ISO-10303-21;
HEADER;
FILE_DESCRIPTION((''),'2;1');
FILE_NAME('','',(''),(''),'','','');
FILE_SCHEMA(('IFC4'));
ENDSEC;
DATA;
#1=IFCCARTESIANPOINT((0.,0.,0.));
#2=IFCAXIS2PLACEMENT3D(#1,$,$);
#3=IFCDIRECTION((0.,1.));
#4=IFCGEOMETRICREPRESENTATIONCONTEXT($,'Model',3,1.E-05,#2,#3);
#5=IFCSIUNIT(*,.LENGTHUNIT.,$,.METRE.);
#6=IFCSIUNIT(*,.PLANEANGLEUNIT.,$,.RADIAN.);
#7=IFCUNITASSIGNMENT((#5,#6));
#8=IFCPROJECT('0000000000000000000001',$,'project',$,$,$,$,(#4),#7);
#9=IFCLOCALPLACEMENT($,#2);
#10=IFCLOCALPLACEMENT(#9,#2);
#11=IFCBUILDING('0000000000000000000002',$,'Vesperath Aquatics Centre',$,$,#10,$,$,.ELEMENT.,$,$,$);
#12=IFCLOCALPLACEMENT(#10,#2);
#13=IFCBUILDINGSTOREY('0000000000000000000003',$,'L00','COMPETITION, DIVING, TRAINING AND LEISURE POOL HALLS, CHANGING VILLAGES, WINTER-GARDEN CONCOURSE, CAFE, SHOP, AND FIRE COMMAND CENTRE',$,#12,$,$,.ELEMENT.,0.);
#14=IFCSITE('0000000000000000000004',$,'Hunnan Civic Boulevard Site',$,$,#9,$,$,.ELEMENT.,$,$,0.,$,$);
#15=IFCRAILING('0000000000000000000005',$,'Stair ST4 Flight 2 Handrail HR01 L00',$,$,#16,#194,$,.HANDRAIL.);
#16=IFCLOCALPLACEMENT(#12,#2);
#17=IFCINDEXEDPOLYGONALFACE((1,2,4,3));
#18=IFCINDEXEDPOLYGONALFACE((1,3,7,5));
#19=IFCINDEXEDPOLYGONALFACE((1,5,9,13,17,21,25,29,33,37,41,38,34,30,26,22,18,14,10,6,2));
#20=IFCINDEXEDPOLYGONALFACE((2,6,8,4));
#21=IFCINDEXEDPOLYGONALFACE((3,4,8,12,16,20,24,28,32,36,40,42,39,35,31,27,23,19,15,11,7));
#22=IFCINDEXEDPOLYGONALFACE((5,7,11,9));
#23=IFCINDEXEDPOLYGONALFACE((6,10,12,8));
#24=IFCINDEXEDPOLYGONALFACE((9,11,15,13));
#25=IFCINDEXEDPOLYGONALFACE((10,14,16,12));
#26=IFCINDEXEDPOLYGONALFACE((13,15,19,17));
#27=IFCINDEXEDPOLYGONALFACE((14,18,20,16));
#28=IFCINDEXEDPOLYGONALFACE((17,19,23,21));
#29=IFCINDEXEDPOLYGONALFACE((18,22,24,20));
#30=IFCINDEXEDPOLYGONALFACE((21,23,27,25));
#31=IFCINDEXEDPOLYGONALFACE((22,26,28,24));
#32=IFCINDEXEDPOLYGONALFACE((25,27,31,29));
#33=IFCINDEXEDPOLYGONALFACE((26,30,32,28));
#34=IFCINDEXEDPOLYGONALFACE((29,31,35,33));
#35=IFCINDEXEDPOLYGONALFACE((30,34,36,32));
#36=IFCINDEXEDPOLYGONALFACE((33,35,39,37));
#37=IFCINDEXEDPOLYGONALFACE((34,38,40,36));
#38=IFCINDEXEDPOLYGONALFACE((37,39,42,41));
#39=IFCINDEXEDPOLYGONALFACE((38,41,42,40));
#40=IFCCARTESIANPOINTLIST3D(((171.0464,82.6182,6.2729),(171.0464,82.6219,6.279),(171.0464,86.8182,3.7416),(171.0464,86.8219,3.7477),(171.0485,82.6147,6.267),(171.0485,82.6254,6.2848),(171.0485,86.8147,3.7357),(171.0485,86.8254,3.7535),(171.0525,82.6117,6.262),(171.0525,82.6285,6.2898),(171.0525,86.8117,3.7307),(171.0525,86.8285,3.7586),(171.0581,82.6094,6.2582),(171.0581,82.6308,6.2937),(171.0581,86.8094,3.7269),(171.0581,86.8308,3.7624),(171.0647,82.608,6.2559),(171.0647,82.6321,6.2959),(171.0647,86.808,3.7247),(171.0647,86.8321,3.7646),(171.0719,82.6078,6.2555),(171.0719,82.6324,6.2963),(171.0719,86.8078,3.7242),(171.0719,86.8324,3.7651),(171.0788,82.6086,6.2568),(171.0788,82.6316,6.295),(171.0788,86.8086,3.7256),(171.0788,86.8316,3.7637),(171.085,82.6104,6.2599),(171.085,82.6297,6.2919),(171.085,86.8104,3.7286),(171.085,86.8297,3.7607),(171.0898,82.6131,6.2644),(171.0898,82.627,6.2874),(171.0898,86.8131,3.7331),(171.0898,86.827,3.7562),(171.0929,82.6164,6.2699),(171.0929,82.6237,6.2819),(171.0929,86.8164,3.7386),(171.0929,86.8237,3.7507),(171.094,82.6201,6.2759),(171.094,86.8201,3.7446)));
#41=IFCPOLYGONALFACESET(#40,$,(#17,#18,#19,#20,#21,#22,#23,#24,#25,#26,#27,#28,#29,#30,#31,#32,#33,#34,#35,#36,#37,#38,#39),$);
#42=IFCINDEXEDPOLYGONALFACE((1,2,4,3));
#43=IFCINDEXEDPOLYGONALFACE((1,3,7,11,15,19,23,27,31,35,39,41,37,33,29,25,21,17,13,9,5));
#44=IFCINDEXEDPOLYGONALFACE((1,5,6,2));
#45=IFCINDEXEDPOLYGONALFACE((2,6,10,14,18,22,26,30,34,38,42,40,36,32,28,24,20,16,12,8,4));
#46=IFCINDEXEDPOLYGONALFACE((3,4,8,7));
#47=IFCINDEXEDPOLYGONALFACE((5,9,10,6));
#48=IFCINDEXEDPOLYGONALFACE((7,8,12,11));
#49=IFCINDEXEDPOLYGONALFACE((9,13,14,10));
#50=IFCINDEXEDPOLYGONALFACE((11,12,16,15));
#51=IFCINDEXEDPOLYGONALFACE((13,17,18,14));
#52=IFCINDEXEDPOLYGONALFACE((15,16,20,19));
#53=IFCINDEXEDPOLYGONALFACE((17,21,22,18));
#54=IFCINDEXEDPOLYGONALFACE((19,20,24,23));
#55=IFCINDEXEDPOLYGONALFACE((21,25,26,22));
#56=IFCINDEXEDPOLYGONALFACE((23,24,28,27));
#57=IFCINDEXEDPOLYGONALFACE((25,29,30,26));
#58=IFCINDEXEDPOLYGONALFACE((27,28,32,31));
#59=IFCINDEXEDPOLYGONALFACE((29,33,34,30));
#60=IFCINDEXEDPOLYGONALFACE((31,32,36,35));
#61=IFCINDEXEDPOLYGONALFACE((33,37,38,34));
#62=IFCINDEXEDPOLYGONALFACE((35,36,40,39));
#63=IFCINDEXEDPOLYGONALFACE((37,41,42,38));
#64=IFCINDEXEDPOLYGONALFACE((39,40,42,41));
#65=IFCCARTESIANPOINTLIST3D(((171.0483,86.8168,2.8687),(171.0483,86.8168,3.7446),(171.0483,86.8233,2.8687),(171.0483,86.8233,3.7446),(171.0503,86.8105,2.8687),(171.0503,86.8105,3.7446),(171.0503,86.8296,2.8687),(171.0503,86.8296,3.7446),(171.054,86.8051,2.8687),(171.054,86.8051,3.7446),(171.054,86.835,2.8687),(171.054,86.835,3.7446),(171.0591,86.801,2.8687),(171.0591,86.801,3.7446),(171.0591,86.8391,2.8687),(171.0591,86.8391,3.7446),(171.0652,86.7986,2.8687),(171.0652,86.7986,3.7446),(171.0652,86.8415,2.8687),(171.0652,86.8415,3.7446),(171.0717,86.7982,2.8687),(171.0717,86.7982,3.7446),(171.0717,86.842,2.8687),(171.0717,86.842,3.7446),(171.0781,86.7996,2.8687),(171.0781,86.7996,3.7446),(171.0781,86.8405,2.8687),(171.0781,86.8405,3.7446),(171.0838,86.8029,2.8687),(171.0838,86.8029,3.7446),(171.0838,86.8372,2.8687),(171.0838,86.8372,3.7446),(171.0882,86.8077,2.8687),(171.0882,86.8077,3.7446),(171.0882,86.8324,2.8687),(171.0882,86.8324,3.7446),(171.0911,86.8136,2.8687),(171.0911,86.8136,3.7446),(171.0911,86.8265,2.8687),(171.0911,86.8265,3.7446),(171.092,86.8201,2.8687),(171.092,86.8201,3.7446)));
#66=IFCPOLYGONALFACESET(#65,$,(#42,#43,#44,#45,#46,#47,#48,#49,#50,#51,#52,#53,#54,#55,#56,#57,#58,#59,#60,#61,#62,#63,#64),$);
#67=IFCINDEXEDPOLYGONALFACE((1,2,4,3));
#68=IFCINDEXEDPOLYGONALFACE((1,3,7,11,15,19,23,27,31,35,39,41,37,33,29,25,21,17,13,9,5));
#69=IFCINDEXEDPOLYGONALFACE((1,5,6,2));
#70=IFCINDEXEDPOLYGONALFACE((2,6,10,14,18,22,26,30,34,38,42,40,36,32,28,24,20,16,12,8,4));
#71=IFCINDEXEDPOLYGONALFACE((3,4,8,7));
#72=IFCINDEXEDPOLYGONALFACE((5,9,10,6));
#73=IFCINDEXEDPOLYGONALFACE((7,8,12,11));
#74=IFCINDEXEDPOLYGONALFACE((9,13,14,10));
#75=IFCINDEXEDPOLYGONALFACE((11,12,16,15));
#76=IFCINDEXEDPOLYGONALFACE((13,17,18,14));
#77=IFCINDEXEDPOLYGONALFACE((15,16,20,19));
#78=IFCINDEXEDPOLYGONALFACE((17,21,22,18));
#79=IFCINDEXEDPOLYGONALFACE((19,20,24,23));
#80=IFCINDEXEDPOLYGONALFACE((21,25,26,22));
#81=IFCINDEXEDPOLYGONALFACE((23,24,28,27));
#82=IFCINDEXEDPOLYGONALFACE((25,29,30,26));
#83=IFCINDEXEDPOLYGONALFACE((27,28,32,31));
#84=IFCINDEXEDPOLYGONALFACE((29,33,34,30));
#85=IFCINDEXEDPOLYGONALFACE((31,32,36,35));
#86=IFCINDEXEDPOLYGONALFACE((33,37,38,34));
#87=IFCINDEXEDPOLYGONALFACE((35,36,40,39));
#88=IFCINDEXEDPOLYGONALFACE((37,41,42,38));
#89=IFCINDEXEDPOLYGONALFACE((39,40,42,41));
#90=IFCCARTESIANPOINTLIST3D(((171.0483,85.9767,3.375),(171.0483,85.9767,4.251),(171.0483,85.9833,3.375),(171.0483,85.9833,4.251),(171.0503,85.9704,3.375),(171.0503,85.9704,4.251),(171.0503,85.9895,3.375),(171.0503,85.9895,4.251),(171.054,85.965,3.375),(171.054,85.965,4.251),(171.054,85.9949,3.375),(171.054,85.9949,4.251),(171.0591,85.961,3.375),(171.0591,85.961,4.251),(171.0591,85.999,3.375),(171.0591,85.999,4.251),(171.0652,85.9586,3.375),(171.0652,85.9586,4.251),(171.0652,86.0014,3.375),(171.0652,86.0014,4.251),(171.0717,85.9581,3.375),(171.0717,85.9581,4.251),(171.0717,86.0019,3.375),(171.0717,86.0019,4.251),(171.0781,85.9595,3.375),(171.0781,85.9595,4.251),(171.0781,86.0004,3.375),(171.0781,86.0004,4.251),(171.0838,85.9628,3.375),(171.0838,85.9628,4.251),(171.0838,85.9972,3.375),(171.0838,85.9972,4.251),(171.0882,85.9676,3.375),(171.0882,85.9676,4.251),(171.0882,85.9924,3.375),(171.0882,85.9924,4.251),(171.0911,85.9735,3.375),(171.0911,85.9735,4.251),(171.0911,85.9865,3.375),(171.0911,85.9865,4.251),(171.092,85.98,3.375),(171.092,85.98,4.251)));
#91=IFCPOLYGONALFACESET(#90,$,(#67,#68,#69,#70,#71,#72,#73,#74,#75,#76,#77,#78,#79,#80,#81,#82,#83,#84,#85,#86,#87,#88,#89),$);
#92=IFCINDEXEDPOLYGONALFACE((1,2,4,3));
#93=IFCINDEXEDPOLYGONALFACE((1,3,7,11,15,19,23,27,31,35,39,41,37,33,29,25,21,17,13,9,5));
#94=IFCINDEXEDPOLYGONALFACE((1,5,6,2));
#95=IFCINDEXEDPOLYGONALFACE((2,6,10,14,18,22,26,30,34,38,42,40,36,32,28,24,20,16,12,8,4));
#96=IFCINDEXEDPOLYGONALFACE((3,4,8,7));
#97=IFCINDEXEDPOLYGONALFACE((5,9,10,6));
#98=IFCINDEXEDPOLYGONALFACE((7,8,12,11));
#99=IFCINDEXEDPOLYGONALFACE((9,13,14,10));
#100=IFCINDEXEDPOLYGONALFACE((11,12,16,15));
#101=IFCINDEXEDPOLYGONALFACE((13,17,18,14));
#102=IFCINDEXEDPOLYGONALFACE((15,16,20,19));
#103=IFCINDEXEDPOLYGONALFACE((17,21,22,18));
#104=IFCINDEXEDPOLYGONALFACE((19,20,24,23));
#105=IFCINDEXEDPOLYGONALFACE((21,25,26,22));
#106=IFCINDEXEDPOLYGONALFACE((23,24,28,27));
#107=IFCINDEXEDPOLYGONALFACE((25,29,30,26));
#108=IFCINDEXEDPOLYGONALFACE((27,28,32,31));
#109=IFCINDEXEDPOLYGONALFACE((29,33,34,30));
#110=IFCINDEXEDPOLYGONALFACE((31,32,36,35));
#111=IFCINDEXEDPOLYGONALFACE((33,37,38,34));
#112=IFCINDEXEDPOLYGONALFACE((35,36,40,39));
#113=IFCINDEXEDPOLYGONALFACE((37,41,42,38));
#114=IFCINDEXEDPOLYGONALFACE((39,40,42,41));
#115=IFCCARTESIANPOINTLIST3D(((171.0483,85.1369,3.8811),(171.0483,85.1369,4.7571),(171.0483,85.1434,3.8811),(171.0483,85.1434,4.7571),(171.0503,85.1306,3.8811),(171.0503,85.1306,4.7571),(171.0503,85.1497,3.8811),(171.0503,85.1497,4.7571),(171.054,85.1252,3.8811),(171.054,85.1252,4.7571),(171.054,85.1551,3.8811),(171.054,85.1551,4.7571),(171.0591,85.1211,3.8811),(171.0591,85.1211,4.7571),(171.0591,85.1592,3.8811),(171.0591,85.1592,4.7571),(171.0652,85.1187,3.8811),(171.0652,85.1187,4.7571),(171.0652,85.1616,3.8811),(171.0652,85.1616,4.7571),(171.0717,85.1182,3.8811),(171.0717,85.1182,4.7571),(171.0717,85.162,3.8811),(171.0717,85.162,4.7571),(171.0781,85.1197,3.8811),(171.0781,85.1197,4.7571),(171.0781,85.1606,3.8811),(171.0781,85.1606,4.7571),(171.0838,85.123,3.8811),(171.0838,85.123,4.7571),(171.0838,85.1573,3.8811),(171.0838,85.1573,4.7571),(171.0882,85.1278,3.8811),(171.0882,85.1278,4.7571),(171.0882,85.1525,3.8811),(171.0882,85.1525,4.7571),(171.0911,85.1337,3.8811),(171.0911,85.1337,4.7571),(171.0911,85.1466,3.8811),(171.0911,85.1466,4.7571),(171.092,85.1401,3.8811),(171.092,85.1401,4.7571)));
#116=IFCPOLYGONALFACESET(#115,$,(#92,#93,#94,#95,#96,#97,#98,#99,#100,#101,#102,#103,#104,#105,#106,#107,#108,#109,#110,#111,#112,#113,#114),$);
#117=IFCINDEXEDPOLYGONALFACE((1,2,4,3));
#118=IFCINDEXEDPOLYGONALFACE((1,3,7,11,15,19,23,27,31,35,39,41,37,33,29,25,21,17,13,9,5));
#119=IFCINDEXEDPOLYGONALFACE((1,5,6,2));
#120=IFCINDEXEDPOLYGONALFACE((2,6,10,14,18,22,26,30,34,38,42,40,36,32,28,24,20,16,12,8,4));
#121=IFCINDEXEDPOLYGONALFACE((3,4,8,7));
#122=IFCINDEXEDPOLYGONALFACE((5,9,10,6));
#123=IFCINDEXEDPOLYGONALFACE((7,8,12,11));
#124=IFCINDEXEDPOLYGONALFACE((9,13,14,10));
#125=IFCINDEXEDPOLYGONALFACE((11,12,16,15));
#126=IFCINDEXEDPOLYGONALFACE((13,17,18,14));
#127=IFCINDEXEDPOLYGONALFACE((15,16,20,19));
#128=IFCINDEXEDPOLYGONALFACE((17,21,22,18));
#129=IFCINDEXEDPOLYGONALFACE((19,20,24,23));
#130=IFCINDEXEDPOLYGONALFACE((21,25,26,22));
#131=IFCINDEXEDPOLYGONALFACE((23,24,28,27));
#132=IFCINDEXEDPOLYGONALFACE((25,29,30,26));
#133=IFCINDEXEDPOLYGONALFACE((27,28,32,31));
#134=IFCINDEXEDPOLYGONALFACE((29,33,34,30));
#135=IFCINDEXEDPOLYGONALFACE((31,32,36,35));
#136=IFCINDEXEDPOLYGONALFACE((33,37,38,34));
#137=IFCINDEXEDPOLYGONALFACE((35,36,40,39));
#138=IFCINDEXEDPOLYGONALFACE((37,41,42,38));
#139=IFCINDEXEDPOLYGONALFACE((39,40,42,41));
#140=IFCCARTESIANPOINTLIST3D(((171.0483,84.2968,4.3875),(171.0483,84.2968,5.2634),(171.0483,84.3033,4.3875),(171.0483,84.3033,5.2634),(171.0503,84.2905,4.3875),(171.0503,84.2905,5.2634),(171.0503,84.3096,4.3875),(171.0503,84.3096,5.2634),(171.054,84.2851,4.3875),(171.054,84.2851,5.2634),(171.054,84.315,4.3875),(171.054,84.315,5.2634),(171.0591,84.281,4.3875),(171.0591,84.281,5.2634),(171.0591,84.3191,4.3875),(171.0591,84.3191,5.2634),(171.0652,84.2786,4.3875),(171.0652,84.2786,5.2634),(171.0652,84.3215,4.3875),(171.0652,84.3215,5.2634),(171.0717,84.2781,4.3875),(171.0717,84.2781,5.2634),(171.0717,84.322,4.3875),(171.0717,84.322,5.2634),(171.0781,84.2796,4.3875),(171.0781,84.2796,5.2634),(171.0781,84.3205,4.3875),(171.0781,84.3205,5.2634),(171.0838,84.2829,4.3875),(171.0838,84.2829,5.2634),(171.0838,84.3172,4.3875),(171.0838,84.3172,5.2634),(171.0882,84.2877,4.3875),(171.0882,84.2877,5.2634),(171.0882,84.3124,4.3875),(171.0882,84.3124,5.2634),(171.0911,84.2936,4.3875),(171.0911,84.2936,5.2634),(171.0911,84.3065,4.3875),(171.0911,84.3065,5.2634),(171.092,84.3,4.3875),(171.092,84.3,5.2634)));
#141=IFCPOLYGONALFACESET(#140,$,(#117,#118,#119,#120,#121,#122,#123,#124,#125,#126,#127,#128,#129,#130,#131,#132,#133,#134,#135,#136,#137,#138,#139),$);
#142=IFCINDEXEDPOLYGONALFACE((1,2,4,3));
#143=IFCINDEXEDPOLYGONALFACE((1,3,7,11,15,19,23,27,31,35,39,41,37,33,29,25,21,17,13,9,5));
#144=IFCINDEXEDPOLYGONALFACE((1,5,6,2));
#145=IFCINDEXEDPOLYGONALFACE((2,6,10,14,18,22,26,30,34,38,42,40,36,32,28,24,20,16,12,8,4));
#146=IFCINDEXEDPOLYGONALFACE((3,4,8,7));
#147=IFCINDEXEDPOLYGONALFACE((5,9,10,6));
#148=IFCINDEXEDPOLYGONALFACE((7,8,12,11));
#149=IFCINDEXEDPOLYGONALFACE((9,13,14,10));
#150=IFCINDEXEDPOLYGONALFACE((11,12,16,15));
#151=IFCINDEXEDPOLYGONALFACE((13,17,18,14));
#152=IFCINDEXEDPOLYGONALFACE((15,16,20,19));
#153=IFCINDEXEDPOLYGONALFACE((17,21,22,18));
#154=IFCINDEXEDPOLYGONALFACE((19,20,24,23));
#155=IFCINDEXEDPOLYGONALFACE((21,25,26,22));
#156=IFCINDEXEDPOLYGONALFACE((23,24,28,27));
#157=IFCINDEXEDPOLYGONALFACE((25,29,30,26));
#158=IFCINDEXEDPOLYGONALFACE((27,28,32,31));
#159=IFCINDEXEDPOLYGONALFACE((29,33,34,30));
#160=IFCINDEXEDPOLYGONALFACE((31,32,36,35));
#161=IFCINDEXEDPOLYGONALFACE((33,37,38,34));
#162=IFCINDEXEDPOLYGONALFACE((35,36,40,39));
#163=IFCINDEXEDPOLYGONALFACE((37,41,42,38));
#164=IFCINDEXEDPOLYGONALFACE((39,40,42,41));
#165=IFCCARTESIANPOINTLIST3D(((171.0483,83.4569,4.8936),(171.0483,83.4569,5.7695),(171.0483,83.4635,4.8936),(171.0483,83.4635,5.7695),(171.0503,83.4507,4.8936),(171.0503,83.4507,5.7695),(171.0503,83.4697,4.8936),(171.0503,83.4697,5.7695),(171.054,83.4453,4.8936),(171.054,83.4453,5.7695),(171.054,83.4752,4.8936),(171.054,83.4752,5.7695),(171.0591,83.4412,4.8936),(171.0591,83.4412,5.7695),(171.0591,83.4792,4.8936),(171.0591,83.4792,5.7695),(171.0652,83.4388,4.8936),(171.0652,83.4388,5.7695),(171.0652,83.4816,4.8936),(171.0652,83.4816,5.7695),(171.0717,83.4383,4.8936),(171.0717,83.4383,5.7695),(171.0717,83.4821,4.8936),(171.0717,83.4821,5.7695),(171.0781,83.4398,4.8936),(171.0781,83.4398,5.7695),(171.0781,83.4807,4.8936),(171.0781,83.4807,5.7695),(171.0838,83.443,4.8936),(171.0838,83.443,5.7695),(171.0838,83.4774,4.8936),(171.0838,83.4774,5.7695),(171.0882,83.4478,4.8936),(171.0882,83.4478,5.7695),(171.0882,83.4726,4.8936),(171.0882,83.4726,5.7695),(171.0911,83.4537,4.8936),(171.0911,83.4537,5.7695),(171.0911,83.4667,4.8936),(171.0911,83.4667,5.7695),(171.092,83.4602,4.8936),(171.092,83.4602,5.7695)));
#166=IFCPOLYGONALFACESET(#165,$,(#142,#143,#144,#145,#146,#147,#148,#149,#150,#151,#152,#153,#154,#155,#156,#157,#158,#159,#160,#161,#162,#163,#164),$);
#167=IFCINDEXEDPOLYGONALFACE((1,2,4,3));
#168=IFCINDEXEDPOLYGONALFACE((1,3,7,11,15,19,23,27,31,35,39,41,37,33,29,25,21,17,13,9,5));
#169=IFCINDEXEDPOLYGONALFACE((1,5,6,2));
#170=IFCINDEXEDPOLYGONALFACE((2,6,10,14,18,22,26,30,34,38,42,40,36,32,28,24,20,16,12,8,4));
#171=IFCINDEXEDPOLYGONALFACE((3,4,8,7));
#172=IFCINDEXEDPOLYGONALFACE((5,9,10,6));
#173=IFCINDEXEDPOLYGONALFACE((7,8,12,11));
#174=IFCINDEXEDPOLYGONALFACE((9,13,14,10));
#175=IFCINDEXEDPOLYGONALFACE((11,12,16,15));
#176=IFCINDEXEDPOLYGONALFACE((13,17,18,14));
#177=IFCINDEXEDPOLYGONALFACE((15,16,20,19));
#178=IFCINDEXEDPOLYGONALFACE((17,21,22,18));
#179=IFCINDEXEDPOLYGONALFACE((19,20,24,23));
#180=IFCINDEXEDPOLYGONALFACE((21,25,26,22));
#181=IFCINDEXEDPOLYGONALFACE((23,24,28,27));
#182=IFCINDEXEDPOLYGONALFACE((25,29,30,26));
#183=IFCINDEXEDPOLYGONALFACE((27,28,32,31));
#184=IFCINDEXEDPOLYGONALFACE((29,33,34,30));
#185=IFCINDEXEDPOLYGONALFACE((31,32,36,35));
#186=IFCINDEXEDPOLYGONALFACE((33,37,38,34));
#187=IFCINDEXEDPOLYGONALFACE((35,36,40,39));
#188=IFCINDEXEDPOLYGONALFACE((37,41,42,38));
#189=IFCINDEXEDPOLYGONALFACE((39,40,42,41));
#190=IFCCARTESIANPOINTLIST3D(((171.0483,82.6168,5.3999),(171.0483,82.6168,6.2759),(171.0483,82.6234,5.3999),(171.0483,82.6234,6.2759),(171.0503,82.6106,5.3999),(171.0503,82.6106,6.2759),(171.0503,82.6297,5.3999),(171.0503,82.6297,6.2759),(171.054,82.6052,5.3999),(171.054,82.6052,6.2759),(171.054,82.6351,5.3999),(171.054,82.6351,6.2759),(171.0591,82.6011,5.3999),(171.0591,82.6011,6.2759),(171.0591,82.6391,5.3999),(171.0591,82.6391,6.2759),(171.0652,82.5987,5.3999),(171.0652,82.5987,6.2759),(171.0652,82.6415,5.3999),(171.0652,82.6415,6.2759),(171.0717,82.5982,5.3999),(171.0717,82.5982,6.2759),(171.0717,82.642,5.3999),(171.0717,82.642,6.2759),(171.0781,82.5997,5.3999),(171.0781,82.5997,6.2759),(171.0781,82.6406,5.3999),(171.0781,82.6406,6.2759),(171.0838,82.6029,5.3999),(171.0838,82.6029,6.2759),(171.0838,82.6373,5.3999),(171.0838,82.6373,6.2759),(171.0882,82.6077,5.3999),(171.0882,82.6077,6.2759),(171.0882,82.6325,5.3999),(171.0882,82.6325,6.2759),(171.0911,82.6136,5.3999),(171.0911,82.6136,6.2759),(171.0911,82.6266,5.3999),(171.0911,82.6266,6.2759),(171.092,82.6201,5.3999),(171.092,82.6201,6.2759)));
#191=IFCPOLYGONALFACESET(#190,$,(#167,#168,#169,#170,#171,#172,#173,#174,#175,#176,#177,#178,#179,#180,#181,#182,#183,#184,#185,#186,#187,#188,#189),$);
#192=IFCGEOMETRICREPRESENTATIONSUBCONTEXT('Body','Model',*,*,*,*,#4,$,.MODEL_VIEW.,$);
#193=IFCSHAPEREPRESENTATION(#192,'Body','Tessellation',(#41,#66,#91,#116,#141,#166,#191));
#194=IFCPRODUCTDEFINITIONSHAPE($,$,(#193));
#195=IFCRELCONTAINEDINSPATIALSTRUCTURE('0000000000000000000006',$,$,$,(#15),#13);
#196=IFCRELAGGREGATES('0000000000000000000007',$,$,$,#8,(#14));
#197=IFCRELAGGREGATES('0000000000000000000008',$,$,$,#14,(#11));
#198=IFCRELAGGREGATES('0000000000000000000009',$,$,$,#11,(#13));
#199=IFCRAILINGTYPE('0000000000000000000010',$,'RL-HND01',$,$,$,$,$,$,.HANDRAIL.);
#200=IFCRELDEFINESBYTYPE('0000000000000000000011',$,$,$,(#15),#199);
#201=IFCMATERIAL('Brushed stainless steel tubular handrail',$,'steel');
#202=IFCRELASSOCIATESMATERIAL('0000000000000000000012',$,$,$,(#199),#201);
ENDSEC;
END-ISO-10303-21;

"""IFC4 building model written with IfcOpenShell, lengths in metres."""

from ifc_helpers import new_model, si_unit, direction, frame, origin, origin_2d, place, context, subcontext, project, spatial, circle, extrude, material, type_object, element, save


model = new_model("IFC4")

# Units and contexts
model_context = context("Model", 3, precision=1e-05, world=origin(), true_north=direction((0.0, 1.0)))
body_context = subcontext(model_context, "Body", "Model", "MODEL_VIEW")
ifc_project = project(units=[si_unit("LENGTHUNIT", "METRE"), si_unit("PLANEANGLEUNIT", "RADIAN")], contexts=[model_context])

# Site, building, storey
site_placement = place(None, origin())
site = spatial("IfcSite", under=ifc_project, at=site_placement, Name="Hunnan Civic Boulevard Site", CompositionType="ELEMENT", RefElevation=0.0)
building_placement = place(site_placement, origin())
building = spatial("IfcBuilding", under=site, at=building_placement, Name="Vesperath Aquatics Centre", CompositionType="ELEMENT")
storey_placement = place(building_placement, origin())
storey = spatial("IfcBuildingStorey", under=building, at=storey_placement, Name="L00", Description="COMPETITION, DIVING, TRAINING AND LEISURE POOL HALLS, CHANGING VILLAGES, WINTER-GARDEN CONCOURSE, CAFE, SHOP, AND FIRE COMMAND CENTRE", CompositionType="ELEMENT", Elevation=0.0)

# Railing
ifc_material_1 = material(Name="Brushed stainless steel tubular handrail", Category="steel")
railing_type_1 = type_object("IfcRailingType", Name="RL-HND01", PredefinedType="HANDRAIL", material=ifc_material_1)
railing_1_placement = place(storey_placement, frame((171.0701, 86.8201, 2.8687)))
element("IfcRailing", 1, at=railing_1_placement, inside=storey, type_object=railing_type_1, Name="Stair ST4 Flight 2 Handrail HR01 L00", PredefinedType="HANDRAIL", context=body_context, shape_type="SweptSolid", body=[
    extrude(circle(Radius=0.0239, at=origin_2d()), frame((0.0, 0.0, 0.876), z_axis=(0.0, -0.856476, 0.516186), x_axis=(1.0, 0.0, 0.0)), (0.0, 0.0, 1.0), 4.9038),
    extrude(circle(Radius=0.022, at=origin_2d()), origin(), (0.0, 0.0, 1.0), 0.876),
    extrude(circle(Radius=0.022, at=origin_2d()), frame((0.0, -0.8401, 0.5063)), (0.0, 0.0, 1.0), 0.876),
    extrude(circle(Radius=0.022, at=origin_2d()), frame((0.0, -1.6799, 1.0125)), (0.0, 0.0, 1.0), 0.876),
    extrude(circle(Radius=0.022, at=origin_2d()), frame((0.0, -2.52, 1.5188)), (0.0, 0.0, 1.0), 0.876),
    extrude(circle(Radius=0.022, at=origin_2d()), frame((0.0, -3.3599, 2.0249)), (0.0, 0.0, 1.0), 0.876),
    extrude(circle(Radius=0.022, at=origin_2d()), frame((0.0, -4.2, 2.5312)), (0.0, 0.0, 1.0), 0.876),
])

save(model, "model.ifc")
